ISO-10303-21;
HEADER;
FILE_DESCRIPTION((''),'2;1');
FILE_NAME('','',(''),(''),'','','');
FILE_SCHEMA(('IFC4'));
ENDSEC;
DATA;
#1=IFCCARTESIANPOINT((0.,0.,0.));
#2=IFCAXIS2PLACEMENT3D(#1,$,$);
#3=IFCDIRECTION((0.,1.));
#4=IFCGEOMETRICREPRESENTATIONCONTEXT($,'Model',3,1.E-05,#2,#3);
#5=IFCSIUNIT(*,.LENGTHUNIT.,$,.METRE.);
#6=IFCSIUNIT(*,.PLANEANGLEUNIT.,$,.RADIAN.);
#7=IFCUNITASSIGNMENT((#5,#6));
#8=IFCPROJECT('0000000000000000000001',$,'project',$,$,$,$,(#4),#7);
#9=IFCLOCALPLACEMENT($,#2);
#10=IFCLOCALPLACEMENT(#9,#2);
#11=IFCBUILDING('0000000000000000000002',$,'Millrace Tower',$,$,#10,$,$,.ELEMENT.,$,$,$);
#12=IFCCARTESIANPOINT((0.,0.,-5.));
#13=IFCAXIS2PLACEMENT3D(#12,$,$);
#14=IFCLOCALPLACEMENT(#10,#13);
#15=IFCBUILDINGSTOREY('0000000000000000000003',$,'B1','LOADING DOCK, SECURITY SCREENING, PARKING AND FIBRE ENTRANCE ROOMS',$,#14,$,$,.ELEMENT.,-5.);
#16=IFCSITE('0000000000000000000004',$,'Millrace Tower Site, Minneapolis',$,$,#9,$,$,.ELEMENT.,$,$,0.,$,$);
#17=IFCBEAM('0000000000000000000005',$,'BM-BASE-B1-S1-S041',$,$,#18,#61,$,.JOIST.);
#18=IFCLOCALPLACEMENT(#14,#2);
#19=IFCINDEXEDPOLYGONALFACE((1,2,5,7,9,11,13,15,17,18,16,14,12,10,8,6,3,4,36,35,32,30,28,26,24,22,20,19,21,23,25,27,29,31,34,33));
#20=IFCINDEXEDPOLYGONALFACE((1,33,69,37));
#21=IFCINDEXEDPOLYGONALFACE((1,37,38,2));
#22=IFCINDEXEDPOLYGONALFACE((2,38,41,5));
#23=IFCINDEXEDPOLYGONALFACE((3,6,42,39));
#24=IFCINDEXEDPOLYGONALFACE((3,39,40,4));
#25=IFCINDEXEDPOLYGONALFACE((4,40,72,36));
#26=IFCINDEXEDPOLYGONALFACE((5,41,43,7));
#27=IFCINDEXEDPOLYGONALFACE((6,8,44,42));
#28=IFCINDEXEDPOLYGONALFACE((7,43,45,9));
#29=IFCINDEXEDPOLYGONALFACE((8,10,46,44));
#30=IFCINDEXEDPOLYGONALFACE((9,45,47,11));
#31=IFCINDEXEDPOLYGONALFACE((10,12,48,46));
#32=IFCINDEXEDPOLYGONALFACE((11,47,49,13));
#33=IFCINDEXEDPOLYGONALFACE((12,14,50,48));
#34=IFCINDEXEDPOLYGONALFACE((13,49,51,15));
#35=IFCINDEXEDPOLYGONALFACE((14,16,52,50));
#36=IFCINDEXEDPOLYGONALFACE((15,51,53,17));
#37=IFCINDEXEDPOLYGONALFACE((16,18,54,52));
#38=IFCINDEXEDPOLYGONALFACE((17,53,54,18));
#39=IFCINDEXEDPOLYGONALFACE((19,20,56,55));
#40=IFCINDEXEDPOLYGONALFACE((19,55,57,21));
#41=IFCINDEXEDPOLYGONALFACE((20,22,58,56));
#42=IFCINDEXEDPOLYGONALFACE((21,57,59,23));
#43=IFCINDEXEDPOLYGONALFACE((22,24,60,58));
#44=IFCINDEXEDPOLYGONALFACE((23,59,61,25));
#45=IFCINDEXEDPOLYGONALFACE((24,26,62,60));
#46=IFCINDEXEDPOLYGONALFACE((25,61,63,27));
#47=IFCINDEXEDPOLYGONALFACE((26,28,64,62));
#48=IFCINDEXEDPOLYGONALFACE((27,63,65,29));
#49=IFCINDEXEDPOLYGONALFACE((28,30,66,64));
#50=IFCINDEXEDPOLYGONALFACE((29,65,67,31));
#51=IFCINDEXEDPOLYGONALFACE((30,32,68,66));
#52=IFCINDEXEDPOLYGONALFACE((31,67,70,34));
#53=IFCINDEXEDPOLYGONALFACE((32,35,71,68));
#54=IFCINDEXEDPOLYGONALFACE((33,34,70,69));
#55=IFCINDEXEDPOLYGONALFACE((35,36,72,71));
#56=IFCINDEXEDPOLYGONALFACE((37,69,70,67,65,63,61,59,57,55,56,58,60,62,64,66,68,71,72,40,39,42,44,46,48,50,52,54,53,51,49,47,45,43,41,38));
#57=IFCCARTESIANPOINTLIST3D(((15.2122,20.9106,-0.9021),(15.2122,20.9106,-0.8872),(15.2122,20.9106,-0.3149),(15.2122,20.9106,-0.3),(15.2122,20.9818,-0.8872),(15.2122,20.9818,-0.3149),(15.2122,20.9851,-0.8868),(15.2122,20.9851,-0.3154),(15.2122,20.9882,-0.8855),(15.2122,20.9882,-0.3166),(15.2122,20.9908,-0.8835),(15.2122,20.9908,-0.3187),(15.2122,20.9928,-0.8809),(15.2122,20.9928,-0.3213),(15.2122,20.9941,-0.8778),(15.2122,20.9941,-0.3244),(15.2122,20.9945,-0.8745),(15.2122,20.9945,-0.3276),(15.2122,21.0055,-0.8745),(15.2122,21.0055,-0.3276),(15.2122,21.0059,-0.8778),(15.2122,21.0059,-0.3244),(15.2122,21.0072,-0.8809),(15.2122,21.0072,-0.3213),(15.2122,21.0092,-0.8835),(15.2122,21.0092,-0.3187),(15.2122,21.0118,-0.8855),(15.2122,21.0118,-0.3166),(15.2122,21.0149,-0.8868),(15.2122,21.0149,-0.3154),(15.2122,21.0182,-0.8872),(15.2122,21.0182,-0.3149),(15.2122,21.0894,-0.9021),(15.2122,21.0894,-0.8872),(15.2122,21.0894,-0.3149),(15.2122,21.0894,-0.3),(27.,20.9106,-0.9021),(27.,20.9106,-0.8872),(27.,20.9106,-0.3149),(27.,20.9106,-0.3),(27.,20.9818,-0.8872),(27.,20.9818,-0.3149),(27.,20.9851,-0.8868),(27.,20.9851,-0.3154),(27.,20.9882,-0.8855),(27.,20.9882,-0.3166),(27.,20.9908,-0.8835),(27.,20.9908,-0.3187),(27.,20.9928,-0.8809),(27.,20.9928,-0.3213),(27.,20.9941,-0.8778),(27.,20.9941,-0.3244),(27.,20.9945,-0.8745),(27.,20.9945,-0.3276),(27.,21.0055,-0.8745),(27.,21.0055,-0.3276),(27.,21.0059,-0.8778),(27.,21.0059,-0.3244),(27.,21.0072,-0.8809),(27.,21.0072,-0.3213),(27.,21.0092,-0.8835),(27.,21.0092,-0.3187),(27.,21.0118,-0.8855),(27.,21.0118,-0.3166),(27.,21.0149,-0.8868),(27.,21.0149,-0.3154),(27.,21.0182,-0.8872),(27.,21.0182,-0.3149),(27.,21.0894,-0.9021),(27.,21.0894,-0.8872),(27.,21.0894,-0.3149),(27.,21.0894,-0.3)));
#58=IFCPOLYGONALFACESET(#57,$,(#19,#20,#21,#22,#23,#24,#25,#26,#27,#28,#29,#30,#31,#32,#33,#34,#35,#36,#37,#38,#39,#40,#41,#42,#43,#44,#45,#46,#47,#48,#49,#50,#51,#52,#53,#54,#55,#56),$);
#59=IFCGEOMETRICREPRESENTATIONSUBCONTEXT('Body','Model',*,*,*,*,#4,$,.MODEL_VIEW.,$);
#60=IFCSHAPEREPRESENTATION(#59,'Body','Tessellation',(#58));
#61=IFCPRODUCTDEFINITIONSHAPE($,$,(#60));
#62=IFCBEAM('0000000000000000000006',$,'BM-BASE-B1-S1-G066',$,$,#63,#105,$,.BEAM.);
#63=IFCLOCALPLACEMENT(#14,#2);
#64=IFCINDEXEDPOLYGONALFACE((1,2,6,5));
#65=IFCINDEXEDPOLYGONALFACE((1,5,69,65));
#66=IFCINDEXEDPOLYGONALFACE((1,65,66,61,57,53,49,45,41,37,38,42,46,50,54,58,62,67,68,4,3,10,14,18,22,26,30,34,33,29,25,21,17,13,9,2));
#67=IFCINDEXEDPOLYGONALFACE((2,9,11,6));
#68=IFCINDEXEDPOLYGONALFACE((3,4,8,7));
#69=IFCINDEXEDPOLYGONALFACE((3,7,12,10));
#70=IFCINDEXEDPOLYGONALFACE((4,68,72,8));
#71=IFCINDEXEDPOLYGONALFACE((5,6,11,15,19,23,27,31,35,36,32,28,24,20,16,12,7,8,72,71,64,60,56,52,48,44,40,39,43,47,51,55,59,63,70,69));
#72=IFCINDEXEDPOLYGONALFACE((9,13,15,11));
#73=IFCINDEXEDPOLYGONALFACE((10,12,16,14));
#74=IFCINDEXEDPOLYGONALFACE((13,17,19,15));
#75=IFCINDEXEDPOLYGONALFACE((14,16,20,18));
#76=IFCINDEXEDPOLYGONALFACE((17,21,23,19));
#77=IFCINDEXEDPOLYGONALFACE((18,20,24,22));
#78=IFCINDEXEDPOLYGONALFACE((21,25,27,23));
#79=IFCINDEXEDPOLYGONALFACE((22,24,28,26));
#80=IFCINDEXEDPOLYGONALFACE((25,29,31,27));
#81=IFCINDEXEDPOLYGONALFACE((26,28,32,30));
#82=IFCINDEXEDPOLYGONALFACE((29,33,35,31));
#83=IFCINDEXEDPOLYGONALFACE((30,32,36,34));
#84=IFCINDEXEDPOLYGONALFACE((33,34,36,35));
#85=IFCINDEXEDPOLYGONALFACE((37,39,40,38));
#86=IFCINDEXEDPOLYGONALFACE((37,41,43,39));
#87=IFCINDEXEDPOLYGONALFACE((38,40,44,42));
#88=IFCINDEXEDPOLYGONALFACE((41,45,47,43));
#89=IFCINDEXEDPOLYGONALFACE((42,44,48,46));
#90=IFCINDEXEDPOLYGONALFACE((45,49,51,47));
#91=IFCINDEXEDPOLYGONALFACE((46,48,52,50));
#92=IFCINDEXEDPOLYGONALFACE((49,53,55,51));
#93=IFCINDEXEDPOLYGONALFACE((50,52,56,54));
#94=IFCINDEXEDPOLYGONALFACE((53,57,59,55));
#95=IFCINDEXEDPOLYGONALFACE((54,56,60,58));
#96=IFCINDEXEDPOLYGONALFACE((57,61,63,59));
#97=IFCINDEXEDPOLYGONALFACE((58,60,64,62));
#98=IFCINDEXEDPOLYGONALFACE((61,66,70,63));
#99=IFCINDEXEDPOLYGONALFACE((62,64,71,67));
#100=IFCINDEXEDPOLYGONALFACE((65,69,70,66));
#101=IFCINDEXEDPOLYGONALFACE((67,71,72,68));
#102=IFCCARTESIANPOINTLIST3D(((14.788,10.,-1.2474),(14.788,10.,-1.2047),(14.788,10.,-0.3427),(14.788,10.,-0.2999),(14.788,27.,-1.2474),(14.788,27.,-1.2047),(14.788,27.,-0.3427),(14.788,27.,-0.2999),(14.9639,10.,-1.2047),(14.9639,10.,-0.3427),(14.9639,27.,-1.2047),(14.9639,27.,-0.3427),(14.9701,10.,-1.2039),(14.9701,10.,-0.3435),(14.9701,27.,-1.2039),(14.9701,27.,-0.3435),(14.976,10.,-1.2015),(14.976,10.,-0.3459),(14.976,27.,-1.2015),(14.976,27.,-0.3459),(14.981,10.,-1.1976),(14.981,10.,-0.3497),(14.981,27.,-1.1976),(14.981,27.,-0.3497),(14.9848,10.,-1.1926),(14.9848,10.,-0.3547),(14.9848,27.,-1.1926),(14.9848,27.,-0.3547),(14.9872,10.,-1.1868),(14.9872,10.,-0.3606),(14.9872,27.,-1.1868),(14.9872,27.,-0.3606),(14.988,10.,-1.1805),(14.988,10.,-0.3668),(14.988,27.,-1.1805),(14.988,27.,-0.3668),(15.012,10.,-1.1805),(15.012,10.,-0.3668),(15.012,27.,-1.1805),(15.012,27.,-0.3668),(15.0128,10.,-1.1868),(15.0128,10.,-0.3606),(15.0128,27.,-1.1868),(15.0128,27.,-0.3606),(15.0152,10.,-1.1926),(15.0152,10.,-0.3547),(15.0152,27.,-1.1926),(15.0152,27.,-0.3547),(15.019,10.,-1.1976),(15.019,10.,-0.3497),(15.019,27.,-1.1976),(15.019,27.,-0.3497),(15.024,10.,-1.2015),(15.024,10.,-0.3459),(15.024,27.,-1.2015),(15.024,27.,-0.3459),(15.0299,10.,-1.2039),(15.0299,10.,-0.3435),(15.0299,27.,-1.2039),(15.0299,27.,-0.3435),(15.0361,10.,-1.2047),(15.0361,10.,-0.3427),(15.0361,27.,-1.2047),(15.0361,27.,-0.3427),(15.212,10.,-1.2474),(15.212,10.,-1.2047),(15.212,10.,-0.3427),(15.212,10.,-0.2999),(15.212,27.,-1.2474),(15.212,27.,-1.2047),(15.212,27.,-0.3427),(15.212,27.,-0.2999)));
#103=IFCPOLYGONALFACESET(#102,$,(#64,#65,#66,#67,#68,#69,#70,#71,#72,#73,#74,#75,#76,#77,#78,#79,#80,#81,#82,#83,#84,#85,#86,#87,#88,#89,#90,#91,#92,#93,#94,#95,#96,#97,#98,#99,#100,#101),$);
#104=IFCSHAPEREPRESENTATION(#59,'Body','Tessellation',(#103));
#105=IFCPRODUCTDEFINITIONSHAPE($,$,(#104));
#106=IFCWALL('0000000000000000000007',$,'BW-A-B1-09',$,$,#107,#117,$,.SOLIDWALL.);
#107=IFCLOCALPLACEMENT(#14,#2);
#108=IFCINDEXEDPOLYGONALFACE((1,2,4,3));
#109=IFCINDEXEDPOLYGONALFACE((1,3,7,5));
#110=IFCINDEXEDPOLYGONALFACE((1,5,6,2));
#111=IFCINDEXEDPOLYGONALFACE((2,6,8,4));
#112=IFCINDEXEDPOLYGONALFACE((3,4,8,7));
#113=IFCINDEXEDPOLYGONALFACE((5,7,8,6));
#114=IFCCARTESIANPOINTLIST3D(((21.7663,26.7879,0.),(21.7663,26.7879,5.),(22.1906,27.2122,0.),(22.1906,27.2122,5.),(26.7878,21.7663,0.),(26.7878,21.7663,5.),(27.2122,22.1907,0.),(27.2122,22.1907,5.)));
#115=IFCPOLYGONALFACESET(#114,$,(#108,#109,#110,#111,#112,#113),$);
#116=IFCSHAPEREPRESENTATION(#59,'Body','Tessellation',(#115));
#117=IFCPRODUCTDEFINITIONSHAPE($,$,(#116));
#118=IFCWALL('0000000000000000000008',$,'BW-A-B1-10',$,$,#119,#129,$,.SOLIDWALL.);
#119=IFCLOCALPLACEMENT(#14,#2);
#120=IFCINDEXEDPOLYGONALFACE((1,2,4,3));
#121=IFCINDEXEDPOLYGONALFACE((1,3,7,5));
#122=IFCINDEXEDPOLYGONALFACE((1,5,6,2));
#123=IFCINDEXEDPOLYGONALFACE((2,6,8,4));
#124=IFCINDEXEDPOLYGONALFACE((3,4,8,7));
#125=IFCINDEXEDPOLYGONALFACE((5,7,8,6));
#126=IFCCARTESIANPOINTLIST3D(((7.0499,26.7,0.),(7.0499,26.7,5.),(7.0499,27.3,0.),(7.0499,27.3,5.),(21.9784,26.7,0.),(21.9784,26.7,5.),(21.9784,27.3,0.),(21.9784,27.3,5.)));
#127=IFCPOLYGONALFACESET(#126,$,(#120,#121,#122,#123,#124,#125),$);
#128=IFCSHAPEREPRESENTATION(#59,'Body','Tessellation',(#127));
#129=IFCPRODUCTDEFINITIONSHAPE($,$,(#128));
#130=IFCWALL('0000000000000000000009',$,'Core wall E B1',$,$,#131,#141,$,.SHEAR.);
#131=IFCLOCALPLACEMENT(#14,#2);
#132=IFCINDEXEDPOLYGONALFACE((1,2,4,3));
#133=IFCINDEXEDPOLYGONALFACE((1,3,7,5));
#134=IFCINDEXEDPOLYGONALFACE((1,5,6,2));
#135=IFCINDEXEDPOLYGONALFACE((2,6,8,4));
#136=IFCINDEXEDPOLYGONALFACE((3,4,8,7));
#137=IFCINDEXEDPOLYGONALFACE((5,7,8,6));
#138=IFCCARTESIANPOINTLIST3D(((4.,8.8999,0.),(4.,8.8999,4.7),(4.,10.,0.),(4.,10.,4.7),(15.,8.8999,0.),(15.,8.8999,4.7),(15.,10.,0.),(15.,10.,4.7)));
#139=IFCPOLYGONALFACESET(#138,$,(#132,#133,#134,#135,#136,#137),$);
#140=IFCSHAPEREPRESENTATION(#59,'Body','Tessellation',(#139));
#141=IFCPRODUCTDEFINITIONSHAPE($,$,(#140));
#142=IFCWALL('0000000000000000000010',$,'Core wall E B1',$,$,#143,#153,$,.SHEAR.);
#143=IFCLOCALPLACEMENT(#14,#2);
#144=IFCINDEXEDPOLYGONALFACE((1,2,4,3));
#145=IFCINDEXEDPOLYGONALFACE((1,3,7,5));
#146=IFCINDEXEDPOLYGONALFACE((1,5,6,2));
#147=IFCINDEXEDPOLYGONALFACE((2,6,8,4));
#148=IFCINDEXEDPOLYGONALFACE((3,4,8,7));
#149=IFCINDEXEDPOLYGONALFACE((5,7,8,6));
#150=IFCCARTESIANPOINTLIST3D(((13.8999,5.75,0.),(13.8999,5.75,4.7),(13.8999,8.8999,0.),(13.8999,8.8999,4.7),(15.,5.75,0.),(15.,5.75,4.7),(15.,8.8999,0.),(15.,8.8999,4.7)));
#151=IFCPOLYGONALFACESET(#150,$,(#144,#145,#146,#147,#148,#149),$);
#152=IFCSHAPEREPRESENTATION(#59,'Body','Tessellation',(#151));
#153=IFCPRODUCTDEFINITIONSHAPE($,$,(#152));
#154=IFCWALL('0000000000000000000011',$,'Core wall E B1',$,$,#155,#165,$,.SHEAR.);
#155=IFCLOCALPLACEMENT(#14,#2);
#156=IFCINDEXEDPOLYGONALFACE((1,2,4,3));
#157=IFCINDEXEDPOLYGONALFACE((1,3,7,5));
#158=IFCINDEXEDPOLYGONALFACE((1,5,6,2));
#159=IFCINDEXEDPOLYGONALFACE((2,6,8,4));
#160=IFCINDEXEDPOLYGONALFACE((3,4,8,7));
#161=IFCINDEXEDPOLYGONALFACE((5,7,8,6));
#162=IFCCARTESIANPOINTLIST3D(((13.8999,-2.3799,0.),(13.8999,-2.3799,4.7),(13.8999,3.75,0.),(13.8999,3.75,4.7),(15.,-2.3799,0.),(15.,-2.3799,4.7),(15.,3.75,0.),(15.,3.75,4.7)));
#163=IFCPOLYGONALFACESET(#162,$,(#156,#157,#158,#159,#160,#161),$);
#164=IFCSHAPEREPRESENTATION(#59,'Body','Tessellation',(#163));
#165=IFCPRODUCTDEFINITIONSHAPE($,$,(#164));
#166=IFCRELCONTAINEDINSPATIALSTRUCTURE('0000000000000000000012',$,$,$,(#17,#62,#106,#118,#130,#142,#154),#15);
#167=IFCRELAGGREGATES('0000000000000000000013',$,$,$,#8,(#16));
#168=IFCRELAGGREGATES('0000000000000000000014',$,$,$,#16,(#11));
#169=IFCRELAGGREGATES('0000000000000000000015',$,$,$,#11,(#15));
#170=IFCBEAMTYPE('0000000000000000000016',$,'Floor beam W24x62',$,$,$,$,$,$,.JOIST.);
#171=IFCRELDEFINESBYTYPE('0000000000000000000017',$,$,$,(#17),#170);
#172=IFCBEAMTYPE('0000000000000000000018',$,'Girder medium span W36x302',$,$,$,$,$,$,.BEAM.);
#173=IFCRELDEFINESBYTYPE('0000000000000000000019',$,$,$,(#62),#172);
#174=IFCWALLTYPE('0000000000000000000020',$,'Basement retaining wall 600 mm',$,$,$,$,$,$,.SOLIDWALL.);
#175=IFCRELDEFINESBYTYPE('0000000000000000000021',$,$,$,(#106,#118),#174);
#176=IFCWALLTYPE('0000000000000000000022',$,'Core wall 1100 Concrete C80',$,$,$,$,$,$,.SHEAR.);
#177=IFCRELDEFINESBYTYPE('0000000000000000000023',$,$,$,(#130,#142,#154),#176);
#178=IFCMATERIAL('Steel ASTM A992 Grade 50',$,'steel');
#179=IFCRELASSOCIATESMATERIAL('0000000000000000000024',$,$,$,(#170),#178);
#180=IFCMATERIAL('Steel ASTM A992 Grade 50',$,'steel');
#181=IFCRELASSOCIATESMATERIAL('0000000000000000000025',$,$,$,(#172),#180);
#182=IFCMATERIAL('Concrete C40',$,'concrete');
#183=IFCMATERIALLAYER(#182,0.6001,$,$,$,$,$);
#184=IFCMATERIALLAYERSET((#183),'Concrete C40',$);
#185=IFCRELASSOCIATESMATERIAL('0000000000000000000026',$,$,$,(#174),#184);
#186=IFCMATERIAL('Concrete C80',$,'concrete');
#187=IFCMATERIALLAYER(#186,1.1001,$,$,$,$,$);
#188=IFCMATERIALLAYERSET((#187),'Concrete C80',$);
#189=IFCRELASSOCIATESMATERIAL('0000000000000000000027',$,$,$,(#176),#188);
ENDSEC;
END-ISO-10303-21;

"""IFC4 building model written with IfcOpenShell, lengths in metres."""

from ifc_helpers import new_model, si_unit, direction, frame, frame_2d, origin, origin_2d, place, context, subcontext, project, spatial, rectangle, i_section, extrude, material, layer, layer_set, material_profile, profile_set, type_object, element, save


model = new_model("IFC4")

# Units and contexts
model_context = context("Model", 3, precision=1e-05, world=origin(), true_north=direction((0.0, 1.0)))
body_context = subcontext(model_context, "Body", "Model", "MODEL_VIEW")
ifc_project = project(units=[si_unit("LENGTHUNIT", "METRE"), si_unit("PLANEANGLEUNIT", "RADIAN")], contexts=[model_context])

# Site, building, storey
site_placement = place(None, origin())
site = spatial("IfcSite", under=ifc_project, at=site_placement, Name="Millrace Tower Site, Minneapolis", CompositionType="ELEMENT", RefElevation=0.0)
building_placement = place(site_placement, origin())
building = spatial("IfcBuilding", under=site, at=building_placement, Name="Millrace Tower", CompositionType="ELEMENT")
storey_placement = place(building_placement, frame((0.0, 0.0, -5.0)))
storey = spatial("IfcBuildingStorey", under=building, at=storey_placement, Name="B1", Description="LOADING DOCK, SECURITY SCREENING, PARKING AND FIBRE ENTRANCE ROOMS", CompositionType="ELEMENT", Elevation=-5.0)

# Beams
ifc_material_1 = material(Name="Steel ASTM A992 Grade 50", Category="steel")
ifc_material_profile_1 = material_profile(ifc_material_1, i_section(OverallWidth=0.1787, OverallDepth=0.6021, WebThickness=0.011, FlangeThickness=0.0149, FilletRadius=0.0127, at=origin_2d()))
ifc_profile_set_1 = profile_set([ifc_material_profile_1], Name="Steel ASTM A992 Grade 50")
beam_type_1 = type_object("IfcBeamType", Name="Floor beam W24x62", PredefinedType="JOIST", material=ifc_profile_set_1)
for number, where, z_axis, x_axis, name in (
    (1, (15.2122, 21.0, -0.6011), (1.0, 0.0, 0.0), (0.0, 1.0, 0.0), "BM-BASE-B1-S1-S041"),
):
    element("IfcBeam", number, at=place(storey_placement, frame(where, z_axis=z_axis, x_axis=x_axis)), inside=storey, type_object=beam_type_1, Name=name, PredefinedType="JOIST", context=body_context, shape_type="SweptSolid", body=[
        extrude(i_section(OverallWidth=0.1787, OverallDepth=0.6021, WebThickness=0.011, FlangeThickness=0.0149, FilletRadius=0.0127, at=origin_2d()), origin(), (0.0, 0.0, 1.0), 11.7878),
    ])
ifc_material_2 = material(Name="Steel ASTM A992 Grade 50", Category="steel")
ifc_material_profile_2 = material_profile(ifc_material_2, i_section(OverallWidth=0.4241, OverallDepth=0.9475, WebThickness=0.0239, FlangeThickness=0.0427, FilletRadius=0.0242, at=origin_2d()))
ifc_profile_set_2 = profile_set([ifc_material_profile_2], Name="Steel ASTM A992 Grade 50")
beam_type_2 = type_object("IfcBeamType", Name="Girder medium span W36x302", PredefinedType="BEAM", material=ifc_profile_set_2)
beam_1_placement = place(storey_placement, frame((15.0, 10.0, -0.7737), z_axis=(0.0, 1.0, 0.0), x_axis=(-1.0, 0.0, 0.0)))
element("IfcBeam", 2, at=beam_1_placement, inside=storey, type_object=beam_type_2, Name="BM-BASE-B1-S1-G066", PredefinedType="BEAM", context=body_context, shape_type="SweptSolid", body=[
    extrude(i_section(OverallWidth=0.4241, OverallDepth=0.9475, WebThickness=0.0239, FlangeThickness=0.0427, FilletRadius=0.0242, at=origin_2d()), origin(), (0.0, 0.0, 1.0), 17.0),
])

# Walls
ifc_material_3 = material(Name="Concrete C40", Category="concrete")
ifc_layer_1 = layer(ifc_material_3, 0.6001)
ifc_layer_set_1 = layer_set([ifc_layer_1], Name="Concrete C40")
wall_type_1 = type_object("IfcWallType", Name="Basement retaining wall 600 mm", PredefinedType="SOLIDWALL", material=ifc_layer_set_1)
wall_1_placement = place(storey_placement, frame((27.0, 21.9785, 0.0), z_axis=(0.0, 0.0, 1.0), x_axis=(-0.707107, 0.707107, 0.0)))
element("IfcWall", 3, at=wall_1_placement, inside=storey, type_object=wall_type_1, Name="BW-A-B1-09", PredefinedType="SOLIDWALL", context=body_context, shape_type="SweptSolid", body=[
    extrude(rectangle(XDim=7.1016, YDim=0.6001, at=frame_2d((3.5508, 0.0))), origin(), (0.0, 0.0, 1.0), 5.0),
])
wall_2_placement = place(storey_placement, frame((21.9785, 27.0, 0.0), z_axis=(0.0, 0.0, 1.0), x_axis=(-1.0, 0.0, 0.0)))
element("IfcWall", 4, at=wall_2_placement, inside=storey, type_object=wall_type_1, Name="BW-A-B1-10", PredefinedType="SOLIDWALL", context=body_context, shape_type="SweptSolid", body=[
    extrude(rectangle(XDim=14.9285, YDim=0.6001, at=frame_2d((7.4644, 0.0))), origin(), (0.0, 0.0, 1.0), 5.0),
])
ifc_material_4 = material(Name="Concrete C80", Category="concrete")
ifc_layer_2 = layer(ifc_material_4, 1.1001)
ifc_layer_set_2 = layer_set([ifc_layer_2], Name="Concrete C80")
wall_type_2 = type_object("IfcWallType", Name="Core wall 1100 Concrete C80", PredefinedType="SHEAR", material=ifc_layer_set_2)
wall_3_placement = place(storey_placement, frame((15.0, 9.45, 0.0), z_axis=(0.0, 0.0, 1.0), x_axis=(-1.0, 0.0, 0.0)))
element("IfcWall", 5, at=wall_3_placement, inside=storey, type_object=wall_type_2, Name="Core wall E B1", PredefinedType="SHEAR", context=body_context, shape_type="SweptSolid", body=[
    extrude(rectangle(XDim=11.0, YDim=1.1001, at=frame_2d((5.5, 0.0))), origin(), (0.0, 0.0, 1.0), 4.7),
])
wall_4_placement = place(storey_placement, frame((14.45, 8.8999, 0.0), z_axis=(0.0, 0.0, 1.0), x_axis=(0.0, -1.0, 0.0)))
element("IfcWall", 6, at=wall_4_placement, inside=storey, type_object=wall_type_2, Name="Core wall E B1", PredefinedType="SHEAR", context=body_context, shape_type="SweptSolid", body=[
    extrude(rectangle(XDim=3.1499, YDim=1.1001, at=frame_2d((1.575, 0.0))), origin(), (0.0, 0.0, 1.0), 4.7),
])
wall_5_placement = place(storey_placement, frame((14.45, 3.75, 0.0), z_axis=(0.0, 0.0, 1.0), x_axis=(0.0, -1.0, 0.0)))
element("IfcWall", 7, at=wall_5_placement, inside=storey, type_object=wall_type_2, Name="Core wall E B1", PredefinedType="SHEAR", context=body_context, shape_type="SweptSolid", body=[
    extrude(rectangle(XDim=6.1299, YDim=1.1001, at=frame_2d((3.0649, 0.0))), origin(), (0.0, 0.0, 1.0), 4.7),
])

save(model, "model.ifc")
